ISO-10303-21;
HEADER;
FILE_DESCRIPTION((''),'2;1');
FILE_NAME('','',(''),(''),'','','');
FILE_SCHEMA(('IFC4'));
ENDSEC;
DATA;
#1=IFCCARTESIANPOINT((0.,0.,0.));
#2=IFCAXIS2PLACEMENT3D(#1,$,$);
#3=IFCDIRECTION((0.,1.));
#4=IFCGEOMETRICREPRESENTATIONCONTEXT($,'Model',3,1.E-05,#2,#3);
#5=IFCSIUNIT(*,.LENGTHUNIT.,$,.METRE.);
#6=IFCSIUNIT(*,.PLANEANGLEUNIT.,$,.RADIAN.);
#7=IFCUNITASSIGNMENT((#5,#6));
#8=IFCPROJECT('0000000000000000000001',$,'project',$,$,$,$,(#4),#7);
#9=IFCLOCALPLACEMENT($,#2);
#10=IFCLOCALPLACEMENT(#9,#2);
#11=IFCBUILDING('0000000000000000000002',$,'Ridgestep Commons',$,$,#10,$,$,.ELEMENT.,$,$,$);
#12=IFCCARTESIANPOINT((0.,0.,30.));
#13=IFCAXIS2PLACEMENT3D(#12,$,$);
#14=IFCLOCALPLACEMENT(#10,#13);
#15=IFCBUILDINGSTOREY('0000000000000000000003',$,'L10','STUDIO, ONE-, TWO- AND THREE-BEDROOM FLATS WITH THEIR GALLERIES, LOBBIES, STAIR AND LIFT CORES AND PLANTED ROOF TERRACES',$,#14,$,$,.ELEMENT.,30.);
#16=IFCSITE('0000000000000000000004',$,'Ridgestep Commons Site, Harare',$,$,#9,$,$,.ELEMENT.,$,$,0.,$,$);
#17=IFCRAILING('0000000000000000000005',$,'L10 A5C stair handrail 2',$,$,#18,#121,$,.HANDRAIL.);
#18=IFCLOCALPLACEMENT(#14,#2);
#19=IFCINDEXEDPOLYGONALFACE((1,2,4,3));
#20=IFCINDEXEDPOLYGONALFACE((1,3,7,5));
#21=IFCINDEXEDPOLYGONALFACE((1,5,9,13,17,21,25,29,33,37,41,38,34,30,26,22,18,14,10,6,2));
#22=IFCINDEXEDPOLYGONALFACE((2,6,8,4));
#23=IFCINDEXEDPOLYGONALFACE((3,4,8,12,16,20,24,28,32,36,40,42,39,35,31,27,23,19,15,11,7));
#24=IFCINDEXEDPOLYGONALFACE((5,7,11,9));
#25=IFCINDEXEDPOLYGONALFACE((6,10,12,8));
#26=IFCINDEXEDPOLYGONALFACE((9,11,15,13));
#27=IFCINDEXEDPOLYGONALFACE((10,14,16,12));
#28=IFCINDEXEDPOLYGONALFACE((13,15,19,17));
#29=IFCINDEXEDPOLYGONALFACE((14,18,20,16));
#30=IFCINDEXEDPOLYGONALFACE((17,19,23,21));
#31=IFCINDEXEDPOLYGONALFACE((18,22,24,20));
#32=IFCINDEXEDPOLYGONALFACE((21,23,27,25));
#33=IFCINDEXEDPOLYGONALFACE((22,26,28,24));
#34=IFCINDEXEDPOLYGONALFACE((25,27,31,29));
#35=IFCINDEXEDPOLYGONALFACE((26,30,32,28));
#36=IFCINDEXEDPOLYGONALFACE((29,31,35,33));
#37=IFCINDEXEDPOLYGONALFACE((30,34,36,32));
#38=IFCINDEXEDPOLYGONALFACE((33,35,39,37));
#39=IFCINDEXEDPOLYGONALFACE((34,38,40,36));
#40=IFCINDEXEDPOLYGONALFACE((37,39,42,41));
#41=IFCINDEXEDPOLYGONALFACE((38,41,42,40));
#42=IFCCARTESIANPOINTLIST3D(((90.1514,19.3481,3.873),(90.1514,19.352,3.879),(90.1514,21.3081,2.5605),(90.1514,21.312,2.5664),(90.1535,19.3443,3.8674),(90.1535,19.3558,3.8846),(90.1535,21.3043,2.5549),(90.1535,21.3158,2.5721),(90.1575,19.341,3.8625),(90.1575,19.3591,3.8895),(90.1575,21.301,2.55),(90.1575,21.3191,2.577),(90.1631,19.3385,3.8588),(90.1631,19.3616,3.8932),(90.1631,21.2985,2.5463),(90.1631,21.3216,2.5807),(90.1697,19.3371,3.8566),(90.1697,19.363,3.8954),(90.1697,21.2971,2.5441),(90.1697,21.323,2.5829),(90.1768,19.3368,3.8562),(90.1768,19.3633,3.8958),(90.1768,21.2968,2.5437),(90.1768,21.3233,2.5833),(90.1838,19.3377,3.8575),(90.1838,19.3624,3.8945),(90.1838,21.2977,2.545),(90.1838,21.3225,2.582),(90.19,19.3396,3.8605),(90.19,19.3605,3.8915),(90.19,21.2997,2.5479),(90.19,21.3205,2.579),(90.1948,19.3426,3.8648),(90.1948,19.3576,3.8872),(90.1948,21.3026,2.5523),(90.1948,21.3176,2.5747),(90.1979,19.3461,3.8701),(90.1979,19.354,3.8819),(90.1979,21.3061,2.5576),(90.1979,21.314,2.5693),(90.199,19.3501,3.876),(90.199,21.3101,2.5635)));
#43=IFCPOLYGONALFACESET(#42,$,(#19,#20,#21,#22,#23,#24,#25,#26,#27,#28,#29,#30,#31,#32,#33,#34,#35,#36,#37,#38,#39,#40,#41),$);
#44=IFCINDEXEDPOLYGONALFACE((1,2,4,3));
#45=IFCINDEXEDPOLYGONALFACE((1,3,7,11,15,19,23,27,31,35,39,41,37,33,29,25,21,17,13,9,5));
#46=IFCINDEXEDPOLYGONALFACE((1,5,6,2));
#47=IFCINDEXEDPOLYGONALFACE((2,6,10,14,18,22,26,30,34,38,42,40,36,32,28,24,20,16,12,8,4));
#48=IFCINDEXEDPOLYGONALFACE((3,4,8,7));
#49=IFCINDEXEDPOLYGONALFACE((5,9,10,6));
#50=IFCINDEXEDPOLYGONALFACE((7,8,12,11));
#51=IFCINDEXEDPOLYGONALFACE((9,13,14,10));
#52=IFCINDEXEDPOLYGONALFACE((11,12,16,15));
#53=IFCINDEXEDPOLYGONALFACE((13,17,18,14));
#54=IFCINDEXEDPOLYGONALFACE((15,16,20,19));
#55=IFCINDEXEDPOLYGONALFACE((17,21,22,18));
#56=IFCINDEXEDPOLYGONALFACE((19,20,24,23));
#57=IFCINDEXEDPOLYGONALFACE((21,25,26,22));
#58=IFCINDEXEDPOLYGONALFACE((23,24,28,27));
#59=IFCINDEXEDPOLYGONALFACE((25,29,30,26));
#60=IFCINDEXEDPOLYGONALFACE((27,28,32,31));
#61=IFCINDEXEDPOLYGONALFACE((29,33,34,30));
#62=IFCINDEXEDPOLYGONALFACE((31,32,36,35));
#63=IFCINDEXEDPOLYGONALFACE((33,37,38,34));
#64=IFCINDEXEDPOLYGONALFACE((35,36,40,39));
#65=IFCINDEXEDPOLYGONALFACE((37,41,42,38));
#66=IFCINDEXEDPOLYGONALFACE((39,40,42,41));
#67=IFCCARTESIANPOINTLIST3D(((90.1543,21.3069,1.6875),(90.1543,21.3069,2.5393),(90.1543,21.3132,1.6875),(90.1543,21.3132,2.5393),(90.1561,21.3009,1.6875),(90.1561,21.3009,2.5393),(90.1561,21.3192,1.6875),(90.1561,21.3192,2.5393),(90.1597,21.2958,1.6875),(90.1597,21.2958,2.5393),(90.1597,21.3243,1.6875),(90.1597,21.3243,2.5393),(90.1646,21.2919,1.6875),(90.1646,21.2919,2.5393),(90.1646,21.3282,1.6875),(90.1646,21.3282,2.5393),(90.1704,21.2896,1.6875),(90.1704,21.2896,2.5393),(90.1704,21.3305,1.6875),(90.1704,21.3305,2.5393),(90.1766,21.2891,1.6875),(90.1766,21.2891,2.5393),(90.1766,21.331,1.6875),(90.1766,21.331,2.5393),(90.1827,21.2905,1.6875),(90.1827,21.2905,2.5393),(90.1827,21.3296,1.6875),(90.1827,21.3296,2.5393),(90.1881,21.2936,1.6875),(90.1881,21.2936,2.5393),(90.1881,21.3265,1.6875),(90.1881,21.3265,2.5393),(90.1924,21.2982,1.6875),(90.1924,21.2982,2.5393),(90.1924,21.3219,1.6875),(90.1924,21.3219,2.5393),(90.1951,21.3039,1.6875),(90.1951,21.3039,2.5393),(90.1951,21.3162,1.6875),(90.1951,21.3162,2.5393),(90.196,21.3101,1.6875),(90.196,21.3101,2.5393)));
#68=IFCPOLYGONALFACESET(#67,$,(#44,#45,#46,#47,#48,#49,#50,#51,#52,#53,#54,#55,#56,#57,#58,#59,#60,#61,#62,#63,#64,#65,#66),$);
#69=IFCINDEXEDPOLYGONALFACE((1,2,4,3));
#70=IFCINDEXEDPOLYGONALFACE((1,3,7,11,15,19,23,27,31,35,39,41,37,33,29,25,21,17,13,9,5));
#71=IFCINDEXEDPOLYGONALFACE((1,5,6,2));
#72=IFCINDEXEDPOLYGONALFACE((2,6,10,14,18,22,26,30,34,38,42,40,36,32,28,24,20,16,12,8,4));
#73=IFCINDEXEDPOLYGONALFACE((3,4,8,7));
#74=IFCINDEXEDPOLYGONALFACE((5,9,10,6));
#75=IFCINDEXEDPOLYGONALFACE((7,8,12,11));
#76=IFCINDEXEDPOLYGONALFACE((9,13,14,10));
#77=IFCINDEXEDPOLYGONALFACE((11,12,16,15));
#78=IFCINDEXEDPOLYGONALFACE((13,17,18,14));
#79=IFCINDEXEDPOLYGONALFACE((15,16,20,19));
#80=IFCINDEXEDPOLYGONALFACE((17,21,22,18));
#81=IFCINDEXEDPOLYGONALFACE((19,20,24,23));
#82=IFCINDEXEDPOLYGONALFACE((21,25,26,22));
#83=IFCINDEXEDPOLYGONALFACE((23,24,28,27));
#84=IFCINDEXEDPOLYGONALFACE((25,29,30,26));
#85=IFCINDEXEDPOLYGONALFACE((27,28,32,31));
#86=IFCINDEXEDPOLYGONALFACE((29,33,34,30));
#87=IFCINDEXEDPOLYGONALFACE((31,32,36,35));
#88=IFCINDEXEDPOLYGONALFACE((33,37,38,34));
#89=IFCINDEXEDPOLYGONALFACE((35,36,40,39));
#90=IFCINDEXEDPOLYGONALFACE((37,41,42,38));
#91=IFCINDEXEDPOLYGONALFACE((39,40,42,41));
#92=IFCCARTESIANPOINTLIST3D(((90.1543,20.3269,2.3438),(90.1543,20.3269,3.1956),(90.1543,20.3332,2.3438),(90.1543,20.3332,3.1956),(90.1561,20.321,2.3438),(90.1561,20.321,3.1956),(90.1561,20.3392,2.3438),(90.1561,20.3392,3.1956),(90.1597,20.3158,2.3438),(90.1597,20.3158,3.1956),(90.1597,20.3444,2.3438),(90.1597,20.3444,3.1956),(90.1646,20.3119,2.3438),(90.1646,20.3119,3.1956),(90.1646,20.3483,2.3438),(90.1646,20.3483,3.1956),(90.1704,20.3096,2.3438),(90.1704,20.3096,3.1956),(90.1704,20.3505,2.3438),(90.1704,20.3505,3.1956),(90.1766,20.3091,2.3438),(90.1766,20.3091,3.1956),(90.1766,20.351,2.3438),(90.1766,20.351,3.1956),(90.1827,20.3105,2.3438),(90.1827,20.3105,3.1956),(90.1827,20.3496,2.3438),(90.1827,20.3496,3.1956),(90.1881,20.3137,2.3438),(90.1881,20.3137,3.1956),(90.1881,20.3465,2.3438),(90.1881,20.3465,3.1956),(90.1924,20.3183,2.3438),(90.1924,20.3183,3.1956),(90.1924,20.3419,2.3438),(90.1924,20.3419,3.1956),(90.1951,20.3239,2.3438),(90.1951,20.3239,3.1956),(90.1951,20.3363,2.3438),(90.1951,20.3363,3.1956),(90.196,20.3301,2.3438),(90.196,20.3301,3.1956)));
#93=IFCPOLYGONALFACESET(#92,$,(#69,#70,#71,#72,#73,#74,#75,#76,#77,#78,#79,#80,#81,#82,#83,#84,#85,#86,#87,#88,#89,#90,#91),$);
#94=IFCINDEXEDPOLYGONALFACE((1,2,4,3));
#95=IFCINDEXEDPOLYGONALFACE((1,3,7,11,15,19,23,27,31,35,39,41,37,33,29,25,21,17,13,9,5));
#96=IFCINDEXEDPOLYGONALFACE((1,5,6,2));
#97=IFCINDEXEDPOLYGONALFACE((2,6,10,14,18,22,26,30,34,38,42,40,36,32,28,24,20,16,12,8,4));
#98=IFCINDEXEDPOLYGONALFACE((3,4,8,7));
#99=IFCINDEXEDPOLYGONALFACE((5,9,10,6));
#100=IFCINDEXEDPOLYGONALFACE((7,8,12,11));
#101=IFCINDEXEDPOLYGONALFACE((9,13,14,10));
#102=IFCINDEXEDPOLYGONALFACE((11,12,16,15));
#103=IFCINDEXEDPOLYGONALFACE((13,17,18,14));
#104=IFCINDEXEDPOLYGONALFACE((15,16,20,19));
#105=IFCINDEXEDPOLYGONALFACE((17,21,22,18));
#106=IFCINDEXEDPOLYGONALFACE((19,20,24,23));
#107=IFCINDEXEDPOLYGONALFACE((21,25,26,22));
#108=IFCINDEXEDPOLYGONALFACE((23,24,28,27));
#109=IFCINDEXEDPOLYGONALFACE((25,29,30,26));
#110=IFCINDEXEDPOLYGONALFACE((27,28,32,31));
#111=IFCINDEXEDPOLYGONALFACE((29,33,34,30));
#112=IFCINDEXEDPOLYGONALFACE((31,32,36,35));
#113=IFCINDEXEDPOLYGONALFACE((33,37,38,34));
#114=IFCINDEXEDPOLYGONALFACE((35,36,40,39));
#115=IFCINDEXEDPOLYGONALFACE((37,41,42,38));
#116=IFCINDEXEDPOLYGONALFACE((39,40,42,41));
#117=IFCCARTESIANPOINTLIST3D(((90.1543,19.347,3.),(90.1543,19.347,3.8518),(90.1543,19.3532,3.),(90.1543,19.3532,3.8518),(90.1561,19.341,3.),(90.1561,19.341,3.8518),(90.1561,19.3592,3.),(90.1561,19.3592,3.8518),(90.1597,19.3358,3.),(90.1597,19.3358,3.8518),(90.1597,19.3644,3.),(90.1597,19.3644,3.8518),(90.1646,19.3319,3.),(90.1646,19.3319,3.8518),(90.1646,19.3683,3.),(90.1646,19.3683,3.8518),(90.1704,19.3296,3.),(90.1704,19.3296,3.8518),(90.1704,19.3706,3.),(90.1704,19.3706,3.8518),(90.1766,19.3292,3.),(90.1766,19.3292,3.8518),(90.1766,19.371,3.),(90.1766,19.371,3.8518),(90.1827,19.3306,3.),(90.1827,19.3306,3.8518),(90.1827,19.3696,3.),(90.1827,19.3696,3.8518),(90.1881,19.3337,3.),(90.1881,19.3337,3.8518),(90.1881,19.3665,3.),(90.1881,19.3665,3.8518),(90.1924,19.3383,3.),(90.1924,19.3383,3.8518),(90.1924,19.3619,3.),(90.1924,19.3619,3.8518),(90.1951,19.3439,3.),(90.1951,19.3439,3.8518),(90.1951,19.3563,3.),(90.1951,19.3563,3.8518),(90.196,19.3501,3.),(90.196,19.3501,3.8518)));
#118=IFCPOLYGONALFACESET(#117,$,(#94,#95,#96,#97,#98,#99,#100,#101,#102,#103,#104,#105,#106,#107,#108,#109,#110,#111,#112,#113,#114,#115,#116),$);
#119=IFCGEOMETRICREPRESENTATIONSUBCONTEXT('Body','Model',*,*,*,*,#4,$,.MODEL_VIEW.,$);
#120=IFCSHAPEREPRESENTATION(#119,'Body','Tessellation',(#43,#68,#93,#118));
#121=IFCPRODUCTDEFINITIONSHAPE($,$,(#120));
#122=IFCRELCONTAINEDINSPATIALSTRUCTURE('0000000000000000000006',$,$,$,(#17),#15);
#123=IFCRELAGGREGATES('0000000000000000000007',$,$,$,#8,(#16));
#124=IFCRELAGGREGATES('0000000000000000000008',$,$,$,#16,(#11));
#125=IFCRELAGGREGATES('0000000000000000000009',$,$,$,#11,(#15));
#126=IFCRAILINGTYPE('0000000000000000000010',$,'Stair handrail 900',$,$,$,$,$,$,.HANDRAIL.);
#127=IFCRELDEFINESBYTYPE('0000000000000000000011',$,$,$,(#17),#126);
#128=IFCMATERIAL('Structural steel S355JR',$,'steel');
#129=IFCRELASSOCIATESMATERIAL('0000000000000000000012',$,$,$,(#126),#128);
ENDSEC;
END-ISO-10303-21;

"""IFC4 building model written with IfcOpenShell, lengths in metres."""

from ifc_helpers import new_model, si_unit, direction, frame, origin, origin_2d, place, context, subcontext, project, spatial, circle, extrude, material, type_object, element, save


model = new_model("IFC4")

# Units and contexts
model_context = context("Model", 3, precision=1e-05, world=origin(), true_north=direction((0.0, 1.0)))
body_context = subcontext(model_context, "Body", "Model", "MODEL_VIEW")
ifc_project = project(units=[si_unit("LENGTHUNIT", "METRE"), si_unit("PLANEANGLEUNIT", "RADIAN")], contexts=[model_context])

# Site, building, storey
site_placement = place(None, origin())
site = spatial("IfcSite", under=ifc_project, at=site_placement, Name="Ridgestep Commons Site, Harare", CompositionType="ELEMENT", RefElevation=0.0)
building_placement = place(site_placement, origin())
building = spatial("IfcBuilding", under=site, at=building_placement, Name="Ridgestep Commons", CompositionType="ELEMENT")
storey_placement = place(building_placement, frame((0.0, 0.0, 30.0)))
storey = spatial("IfcBuildingStorey", under=building, at=storey_placement, Name="L10", Description="STUDIO, ONE-, TWO- AND THREE-BEDROOM FLATS WITH THEIR GALLERIES, LOBBIES, STAIR AND LIFT CORES AND PLANTED ROOF TERRACES", CompositionType="ELEMENT", Elevation=30.0)

# Railing
ifc_material_1 = material(Name="Structural steel S355JR", Category="steel")
railing_type_1 = type_object("IfcRailingType", Name="Stair handrail 900", PredefinedType="HANDRAIL", material=ifc_material_1)
railing_1_placement = place(storey_placement, frame((90.175, 21.3101, 1.6875)))
element("IfcRailing", 1, at=railing_1_placement, inside=storey, type_object=railing_type_1, Name="L10 A5C stair handrail 2", PredefinedType="HANDRAIL", context=body_context, shape_type="SweptSolid", body=[
    extrude(circle(Radius=0.0239, at=origin_2d()), frame((0.0, 0.0, 0.876), z_axis=(0.0, -0.830902, 0.556419), x_axis=(1.0, 0.0, 0.0)), (0.0, 0.0, 1.0), 2.3589),
    extrude(circle(Radius=0.021, at=origin_2d()), origin(), (0.0, 0.0, 1.0), 0.8518),
    extrude(circle(Radius=0.021, at=origin_2d()), frame((0.0, -0.98, 0.6562)), (0.0, 0.0, 1.0), 0.8518),
    extrude(circle(Radius=0.021, at=origin_2d()), frame((0.0, -1.96, 1.3125)), (0.0, 0.0, 1.0), 0.8518),
])

save(model, "model.ifc")
